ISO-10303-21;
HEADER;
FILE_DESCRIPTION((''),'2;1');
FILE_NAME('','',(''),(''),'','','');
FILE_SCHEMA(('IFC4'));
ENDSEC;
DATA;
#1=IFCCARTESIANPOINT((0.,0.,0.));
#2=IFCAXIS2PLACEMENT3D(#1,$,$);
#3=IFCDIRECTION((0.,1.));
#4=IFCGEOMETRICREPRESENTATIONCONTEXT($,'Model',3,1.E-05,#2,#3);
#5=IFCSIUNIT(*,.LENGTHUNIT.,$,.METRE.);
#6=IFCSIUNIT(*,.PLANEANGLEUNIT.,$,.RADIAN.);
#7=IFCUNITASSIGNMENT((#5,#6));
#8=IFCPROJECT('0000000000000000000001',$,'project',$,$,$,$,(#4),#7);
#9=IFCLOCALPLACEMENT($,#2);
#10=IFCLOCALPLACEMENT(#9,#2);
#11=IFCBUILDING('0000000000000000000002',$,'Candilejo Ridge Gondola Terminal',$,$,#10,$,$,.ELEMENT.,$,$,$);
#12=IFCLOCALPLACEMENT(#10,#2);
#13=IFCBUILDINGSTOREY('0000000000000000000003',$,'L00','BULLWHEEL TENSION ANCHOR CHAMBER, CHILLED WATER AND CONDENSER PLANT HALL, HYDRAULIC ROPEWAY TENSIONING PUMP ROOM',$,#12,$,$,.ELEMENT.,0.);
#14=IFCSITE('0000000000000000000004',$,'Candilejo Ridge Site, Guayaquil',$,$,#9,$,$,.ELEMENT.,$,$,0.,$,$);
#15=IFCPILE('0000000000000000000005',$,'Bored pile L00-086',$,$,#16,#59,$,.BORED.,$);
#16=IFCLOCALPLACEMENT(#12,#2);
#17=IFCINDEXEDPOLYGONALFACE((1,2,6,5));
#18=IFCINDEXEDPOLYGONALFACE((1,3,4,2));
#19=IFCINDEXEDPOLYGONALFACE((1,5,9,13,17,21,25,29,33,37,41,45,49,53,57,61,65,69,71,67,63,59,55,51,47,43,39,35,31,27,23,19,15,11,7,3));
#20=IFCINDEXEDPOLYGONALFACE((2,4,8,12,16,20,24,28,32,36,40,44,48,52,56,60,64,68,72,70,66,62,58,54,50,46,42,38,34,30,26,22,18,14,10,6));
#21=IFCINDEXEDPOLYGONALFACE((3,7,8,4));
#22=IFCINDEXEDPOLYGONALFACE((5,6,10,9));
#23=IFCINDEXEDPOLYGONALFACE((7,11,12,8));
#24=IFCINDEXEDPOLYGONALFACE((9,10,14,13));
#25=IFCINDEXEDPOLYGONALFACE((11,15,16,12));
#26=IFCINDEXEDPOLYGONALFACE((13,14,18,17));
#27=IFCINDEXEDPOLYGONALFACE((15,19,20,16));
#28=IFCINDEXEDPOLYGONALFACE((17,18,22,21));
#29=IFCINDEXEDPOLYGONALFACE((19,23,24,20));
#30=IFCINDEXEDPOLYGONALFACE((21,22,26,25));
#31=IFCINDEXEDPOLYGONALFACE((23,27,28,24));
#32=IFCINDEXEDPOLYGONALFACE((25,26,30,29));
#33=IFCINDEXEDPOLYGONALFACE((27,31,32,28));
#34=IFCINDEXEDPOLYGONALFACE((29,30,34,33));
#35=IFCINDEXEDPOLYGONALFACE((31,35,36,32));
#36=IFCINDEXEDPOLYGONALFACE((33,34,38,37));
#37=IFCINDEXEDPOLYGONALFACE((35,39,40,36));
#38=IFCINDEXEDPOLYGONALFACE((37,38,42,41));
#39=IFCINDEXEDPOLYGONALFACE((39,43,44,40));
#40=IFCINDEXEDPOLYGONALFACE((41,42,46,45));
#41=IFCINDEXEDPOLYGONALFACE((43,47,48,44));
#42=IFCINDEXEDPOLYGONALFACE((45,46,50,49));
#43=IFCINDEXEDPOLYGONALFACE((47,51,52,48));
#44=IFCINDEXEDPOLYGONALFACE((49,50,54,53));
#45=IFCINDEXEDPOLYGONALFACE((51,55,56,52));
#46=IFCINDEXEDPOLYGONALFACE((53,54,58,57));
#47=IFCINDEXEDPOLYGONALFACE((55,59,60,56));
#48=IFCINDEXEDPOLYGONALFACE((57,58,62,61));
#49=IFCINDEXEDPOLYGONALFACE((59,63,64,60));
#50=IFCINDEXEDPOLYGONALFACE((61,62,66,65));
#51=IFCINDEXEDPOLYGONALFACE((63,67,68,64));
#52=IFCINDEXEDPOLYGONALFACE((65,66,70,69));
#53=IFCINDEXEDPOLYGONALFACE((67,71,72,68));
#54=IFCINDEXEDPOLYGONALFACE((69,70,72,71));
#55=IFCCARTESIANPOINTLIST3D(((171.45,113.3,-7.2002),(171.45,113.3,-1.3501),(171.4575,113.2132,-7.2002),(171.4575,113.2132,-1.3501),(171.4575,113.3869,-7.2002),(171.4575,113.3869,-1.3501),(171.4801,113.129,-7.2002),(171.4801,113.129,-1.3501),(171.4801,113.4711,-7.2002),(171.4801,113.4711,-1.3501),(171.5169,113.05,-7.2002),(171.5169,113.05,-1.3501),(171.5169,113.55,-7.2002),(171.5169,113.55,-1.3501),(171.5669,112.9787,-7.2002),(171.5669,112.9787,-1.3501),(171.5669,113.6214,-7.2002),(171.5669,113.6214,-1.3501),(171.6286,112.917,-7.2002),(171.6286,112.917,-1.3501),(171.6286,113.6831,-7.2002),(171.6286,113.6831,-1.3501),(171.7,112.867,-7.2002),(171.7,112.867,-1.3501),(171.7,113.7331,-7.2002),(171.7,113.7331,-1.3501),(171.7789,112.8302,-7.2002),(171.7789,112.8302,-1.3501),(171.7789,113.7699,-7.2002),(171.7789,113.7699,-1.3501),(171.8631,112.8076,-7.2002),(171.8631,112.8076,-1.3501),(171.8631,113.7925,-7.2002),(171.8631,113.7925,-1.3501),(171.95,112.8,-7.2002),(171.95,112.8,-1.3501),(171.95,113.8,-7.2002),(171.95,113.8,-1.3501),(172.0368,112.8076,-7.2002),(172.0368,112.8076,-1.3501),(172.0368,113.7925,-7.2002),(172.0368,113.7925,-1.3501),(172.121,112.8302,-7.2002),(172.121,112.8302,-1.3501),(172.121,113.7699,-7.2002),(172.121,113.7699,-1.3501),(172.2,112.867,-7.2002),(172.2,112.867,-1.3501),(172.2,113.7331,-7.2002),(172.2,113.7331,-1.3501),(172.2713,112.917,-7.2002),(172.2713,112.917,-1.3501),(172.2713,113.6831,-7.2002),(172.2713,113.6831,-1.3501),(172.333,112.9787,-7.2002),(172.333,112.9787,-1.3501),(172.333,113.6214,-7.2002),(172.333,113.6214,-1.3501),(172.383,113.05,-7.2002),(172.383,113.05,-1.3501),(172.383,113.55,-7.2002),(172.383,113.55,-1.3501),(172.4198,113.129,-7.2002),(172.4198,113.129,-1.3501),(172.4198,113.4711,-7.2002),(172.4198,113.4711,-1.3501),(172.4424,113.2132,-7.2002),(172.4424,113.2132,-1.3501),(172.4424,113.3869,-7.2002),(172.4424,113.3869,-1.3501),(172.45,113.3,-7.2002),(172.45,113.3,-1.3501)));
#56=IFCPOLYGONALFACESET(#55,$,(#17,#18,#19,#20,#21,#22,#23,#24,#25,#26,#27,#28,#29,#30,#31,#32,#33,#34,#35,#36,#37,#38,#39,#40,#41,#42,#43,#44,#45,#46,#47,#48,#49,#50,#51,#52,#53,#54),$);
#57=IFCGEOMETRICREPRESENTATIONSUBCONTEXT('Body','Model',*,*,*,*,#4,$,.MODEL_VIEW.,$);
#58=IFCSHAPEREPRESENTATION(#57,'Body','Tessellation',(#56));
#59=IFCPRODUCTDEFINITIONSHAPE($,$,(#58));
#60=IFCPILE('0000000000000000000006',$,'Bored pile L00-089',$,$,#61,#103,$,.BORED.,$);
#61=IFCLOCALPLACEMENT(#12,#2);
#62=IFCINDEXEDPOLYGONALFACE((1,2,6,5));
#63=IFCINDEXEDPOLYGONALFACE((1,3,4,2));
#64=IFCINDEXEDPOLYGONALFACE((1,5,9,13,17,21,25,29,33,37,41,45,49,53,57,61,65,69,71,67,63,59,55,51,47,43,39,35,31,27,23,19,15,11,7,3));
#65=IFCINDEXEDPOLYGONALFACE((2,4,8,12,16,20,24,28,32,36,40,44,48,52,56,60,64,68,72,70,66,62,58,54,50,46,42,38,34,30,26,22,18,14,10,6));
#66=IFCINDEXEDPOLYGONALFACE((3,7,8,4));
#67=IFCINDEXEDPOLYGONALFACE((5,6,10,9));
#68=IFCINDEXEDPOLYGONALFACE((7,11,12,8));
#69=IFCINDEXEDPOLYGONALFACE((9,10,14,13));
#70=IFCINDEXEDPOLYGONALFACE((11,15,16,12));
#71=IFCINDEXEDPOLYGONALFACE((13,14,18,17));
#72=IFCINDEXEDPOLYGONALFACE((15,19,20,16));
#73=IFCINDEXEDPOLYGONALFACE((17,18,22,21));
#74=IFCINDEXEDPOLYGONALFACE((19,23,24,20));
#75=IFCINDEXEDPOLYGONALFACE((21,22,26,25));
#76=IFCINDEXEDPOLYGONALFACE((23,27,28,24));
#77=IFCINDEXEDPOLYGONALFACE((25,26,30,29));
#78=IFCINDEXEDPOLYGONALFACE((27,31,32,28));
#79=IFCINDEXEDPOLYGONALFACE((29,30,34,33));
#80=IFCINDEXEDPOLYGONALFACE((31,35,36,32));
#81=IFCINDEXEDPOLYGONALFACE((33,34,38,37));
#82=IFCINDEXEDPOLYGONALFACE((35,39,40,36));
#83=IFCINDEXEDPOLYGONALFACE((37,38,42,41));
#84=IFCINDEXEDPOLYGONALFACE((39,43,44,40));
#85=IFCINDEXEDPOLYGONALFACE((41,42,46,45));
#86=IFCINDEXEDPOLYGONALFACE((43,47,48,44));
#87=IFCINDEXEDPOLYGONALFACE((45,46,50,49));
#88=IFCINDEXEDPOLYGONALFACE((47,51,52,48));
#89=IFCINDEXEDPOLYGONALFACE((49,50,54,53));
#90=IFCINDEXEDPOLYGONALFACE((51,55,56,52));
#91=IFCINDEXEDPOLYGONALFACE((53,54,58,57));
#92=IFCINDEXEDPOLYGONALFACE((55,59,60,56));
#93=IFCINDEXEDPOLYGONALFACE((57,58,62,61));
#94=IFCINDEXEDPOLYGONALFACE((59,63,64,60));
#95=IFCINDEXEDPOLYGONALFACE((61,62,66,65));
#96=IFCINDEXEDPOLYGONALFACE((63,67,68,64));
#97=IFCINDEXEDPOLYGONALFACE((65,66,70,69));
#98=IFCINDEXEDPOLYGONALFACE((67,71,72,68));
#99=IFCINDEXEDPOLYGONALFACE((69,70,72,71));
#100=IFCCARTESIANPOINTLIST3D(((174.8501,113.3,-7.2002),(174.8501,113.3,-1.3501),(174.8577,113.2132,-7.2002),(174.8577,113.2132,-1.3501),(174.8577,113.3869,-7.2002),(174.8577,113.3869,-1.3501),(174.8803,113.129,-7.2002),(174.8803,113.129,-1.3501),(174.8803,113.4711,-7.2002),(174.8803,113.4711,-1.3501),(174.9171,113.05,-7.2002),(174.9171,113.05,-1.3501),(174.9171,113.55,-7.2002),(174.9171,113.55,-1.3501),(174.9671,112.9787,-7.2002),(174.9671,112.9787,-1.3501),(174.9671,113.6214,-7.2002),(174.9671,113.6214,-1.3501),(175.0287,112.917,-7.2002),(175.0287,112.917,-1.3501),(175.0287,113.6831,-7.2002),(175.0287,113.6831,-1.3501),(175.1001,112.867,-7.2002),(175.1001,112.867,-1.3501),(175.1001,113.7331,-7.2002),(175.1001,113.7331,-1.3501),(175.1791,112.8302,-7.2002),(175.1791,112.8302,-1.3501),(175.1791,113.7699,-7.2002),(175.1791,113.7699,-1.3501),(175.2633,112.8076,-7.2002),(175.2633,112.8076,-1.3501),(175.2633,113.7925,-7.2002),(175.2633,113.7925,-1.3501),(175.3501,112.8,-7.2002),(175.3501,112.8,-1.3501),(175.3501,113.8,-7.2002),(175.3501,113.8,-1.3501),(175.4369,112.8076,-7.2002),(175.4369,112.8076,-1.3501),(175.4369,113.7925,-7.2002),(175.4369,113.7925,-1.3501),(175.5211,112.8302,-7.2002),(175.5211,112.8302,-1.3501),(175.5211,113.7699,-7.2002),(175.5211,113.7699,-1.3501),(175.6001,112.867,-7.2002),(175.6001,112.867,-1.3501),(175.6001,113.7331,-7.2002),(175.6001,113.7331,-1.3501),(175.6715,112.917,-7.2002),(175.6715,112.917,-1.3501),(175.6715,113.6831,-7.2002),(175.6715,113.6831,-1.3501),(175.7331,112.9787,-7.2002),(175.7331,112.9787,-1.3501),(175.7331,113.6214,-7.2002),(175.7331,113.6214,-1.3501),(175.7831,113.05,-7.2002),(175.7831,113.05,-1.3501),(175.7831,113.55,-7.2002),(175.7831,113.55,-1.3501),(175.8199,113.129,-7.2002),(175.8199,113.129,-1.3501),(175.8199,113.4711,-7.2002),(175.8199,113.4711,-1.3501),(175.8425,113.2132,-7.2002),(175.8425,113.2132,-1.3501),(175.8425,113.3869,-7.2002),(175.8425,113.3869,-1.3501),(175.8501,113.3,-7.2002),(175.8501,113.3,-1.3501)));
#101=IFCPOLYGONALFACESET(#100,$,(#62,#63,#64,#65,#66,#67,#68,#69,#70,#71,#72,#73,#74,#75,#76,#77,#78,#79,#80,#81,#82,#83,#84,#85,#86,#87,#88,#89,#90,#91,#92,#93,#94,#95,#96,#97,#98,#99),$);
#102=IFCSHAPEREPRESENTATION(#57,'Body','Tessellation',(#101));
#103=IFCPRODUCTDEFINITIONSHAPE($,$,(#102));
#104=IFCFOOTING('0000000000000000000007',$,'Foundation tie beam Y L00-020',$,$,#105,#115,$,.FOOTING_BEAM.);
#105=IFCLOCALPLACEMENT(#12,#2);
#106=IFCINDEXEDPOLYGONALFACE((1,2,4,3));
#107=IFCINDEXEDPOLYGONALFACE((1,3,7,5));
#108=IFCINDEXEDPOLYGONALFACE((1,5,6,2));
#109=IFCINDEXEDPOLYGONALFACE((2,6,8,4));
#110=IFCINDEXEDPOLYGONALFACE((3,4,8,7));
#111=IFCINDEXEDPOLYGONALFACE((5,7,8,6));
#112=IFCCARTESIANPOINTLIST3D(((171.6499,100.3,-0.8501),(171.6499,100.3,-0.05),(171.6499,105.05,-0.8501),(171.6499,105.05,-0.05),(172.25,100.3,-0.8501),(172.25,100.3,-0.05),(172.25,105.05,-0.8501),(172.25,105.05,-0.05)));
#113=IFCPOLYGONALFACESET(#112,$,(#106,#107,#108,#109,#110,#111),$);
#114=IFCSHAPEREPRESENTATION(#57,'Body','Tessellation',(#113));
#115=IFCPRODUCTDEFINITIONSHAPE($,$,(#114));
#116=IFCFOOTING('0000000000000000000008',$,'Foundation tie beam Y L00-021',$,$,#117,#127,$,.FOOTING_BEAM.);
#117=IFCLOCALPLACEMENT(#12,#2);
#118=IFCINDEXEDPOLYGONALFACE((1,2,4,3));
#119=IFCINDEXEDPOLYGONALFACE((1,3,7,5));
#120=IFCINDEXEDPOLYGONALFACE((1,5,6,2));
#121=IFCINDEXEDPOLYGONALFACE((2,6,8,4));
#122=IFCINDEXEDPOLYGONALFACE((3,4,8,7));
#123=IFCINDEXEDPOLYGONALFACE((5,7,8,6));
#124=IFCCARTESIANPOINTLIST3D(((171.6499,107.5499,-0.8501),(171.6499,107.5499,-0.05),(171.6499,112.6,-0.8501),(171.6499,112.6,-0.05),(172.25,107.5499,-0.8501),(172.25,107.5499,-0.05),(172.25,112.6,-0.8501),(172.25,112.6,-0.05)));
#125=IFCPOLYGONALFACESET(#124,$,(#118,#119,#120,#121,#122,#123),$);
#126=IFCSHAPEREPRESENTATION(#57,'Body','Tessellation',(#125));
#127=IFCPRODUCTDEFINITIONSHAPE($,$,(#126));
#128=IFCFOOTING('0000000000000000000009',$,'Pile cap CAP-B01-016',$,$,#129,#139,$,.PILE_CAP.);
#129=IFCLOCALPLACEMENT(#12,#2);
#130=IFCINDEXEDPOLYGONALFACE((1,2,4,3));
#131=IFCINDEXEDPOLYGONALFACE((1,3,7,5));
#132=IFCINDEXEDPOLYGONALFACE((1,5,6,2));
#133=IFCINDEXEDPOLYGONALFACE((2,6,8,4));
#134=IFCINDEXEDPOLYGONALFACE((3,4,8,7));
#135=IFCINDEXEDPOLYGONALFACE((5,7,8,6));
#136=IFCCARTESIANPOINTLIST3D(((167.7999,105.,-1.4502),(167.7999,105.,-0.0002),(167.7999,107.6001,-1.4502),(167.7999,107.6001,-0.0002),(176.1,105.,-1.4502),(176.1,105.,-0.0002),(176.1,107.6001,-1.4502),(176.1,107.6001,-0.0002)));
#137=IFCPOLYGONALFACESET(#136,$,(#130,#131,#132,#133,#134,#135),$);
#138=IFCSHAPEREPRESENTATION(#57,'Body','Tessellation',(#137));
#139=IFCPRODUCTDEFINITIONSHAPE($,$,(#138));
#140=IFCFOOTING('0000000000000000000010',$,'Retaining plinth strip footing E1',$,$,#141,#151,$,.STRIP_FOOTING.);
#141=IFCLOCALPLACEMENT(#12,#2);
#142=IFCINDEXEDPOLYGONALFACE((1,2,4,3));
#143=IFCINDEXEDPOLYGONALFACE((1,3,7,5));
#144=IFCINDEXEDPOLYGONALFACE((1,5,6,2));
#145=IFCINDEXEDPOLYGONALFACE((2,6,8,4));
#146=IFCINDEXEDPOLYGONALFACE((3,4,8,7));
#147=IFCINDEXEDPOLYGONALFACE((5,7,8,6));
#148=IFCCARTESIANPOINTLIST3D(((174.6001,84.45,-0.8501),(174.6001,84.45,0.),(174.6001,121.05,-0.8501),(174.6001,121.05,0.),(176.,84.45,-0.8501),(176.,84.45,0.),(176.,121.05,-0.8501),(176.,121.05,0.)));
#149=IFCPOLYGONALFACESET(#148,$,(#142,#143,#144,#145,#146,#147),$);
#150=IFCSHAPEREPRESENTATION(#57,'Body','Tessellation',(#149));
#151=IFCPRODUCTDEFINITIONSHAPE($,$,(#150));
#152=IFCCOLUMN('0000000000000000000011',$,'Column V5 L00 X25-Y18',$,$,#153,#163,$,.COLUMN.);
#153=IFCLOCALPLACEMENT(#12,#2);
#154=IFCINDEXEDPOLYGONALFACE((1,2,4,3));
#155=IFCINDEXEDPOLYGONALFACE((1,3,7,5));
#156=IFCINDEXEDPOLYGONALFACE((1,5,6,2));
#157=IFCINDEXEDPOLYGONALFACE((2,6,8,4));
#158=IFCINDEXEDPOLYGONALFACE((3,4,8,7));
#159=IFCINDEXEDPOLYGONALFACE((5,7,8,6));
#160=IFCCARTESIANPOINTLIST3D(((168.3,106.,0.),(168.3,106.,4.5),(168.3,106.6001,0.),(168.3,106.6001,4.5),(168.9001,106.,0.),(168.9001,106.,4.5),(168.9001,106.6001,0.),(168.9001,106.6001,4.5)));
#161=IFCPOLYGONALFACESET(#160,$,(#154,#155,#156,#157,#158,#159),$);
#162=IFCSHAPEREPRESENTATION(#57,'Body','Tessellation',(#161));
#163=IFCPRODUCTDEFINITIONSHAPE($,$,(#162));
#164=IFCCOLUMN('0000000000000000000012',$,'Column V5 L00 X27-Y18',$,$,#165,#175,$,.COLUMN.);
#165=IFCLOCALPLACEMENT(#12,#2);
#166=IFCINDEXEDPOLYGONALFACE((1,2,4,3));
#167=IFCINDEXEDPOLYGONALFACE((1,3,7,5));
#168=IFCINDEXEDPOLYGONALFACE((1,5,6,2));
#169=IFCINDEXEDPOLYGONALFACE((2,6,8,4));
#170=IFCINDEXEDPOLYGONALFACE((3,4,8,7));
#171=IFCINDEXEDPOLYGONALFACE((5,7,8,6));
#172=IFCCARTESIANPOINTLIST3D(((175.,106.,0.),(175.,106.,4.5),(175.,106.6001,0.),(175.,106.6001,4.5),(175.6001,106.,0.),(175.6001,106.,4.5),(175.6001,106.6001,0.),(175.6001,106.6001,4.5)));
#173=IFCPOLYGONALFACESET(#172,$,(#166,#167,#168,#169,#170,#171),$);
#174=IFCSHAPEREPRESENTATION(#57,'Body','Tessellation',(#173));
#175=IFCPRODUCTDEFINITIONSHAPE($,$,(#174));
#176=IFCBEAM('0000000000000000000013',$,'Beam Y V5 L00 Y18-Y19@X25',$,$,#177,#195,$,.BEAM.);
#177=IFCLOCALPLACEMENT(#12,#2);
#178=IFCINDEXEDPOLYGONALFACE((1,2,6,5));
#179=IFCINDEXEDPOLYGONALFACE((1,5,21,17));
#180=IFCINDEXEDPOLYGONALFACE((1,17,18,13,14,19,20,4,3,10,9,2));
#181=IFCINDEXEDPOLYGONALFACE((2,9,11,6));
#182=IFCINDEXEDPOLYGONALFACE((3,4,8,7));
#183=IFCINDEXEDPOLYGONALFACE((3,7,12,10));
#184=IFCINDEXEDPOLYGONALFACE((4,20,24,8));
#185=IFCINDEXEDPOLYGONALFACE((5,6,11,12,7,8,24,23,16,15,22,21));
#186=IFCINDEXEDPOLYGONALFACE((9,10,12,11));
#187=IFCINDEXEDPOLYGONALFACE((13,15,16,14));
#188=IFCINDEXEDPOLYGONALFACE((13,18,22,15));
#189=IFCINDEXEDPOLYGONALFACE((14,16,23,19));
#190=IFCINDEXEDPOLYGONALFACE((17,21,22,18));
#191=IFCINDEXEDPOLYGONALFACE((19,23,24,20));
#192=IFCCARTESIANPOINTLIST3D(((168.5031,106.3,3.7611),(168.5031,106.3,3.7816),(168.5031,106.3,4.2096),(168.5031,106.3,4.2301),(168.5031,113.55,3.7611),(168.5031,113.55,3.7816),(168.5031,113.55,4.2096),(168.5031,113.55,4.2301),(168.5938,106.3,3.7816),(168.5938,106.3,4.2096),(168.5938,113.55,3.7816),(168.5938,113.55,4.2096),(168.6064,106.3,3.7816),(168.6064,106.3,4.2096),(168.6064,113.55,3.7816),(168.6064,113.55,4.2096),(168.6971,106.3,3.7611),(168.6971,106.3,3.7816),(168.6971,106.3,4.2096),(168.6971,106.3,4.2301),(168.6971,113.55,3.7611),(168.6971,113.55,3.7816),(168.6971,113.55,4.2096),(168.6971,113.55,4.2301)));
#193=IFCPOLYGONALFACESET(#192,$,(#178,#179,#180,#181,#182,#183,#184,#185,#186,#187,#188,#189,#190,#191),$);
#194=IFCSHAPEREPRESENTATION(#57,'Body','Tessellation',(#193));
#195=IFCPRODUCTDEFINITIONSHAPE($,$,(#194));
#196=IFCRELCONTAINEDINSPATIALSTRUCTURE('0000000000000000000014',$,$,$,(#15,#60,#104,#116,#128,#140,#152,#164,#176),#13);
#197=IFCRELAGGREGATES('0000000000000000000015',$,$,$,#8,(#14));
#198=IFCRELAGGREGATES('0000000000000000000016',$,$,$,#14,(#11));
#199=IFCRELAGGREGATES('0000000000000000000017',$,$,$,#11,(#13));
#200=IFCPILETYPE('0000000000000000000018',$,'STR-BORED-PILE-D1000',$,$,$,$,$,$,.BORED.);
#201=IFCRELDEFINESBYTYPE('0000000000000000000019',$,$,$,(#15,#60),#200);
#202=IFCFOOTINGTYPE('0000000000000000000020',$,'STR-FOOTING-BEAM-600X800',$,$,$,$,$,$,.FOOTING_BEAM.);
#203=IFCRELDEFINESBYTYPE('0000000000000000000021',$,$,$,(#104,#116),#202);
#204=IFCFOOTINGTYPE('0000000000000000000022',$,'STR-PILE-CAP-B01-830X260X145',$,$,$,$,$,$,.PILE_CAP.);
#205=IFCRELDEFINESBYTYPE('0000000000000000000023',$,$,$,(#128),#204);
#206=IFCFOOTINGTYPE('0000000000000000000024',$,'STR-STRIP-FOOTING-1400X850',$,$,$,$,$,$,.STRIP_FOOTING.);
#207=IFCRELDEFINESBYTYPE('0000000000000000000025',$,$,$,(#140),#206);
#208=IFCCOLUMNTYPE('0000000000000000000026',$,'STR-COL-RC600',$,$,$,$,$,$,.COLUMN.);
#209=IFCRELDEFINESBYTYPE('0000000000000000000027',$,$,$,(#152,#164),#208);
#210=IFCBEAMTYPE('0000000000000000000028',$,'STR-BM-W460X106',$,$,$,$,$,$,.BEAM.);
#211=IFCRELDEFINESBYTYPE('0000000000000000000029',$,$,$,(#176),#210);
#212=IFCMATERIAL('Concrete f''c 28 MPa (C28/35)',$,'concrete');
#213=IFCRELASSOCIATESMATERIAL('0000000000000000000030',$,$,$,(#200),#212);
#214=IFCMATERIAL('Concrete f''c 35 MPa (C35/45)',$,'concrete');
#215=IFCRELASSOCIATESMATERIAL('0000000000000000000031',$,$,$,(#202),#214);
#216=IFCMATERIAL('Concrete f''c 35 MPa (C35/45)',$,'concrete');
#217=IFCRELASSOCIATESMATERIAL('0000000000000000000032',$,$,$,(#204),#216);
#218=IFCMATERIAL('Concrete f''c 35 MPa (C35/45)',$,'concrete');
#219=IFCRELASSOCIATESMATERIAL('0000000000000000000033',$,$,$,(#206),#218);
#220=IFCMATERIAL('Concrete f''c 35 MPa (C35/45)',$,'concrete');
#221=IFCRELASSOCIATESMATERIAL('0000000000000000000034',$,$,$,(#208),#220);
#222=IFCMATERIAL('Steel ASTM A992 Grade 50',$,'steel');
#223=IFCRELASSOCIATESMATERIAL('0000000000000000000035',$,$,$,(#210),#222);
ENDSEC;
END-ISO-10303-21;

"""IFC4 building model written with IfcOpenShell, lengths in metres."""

from ifc_helpers import new_model, si_unit, direction, frame, origin, origin_2d, place, context, subcontext, project, spatial, rectangle, circle, i_section, extrude, material, material_profile, profile_set, type_object, element, save


model = new_model("IFC4")

# Units and contexts
model_context = context("Model", 3, precision=1e-05, world=origin(), true_north=direction((0.0, 1.0)))
body_context = subcontext(model_context, "Body", "Model", "MODEL_VIEW")
ifc_project = project(units=[si_unit("LENGTHUNIT", "METRE"), si_unit("PLANEANGLEUNIT", "RADIAN")], contexts=[model_context])

# Site, building, storey
site_placement = place(None, origin())
site = spatial("IfcSite", under=ifc_project, at=site_placement, Name="Candilejo Ridge Site, Guayaquil", CompositionType="ELEMENT", RefElevation=0.0)
building_placement = place(site_placement, origin())
building = spatial("IfcBuilding", under=site, at=building_placement, Name="Candilejo Ridge Gondola Terminal", CompositionType="ELEMENT")
storey_placement = place(building_placement, origin())
storey = spatial("IfcBuildingStorey", under=building, at=storey_placement, Name="L00", Description="BULLWHEEL TENSION ANCHOR CHAMBER, CHILLED WATER AND CONDENSER PLANT HALL, HYDRAULIC ROPEWAY TENSIONING PUMP ROOM", CompositionType="ELEMENT", Elevation=0.0)

# Piles
ifc_material_1 = material(Name="Concrete f'c 28 MPa (C28/35)", Category="concrete")
ifc_material_profile_1 = material_profile(ifc_material_1, circle(Radius=0.5, at=origin_2d()))
ifc_profile_set_1 = profile_set([ifc_material_profile_1], Name="Concrete f'c 28 MPa (C28/35)")
pile_type = type_object("IfcPileType", Name="STR-BORED-PILE-D1000", PredefinedType="BORED", material=ifc_profile_set_1)
for number, where, z_axis, x_axis, name in (
    (1, (171.95, 113.3, -1.3501), (0.0, 0.0, -1.0), (1.0, 0.0, 0.0), "Bored pile L00-086"),
    (2, (175.3501, 113.3, -1.3501), (0.0, 0.0, -1.0), (1.0, 0.0, 0.0), "Bored pile L00-089"),
):
    element("IfcPile", number, at=place(storey_placement, frame(where, z_axis=z_axis, x_axis=x_axis)), inside=storey, type_object=pile_type, Name=name, PredefinedType="BORED", context=body_context, shape_type="SweptSolid", body=[
        extrude(circle(Radius=0.5, at=origin_2d()), origin(), (0.0, 0.0, 1.0), 5.8501),
    ])

# Footings
ifc_material_2 = material(Name="Concrete f'c 35 MPa (C35/45)", Category="concrete")
footing_type_1 = type_object("IfcFootingType", Name="STR-FOOTING-BEAM-600X800", PredefinedType="FOOTING_BEAM", material=ifc_material_2)
footing_1_placement = place(storey_placement, frame((171.95, 102.675, -0.8501), z_axis=(0.0, 0.0, 1.0), x_axis=(1.0, 0.0, 0.0)))
element("IfcFooting", 3, at=footing_1_placement, inside=storey, type_object=footing_type_1, Name="Foundation tie beam Y L00-020", PredefinedType="FOOTING_BEAM", context=body_context, shape_type="SweptSolid", body=[
    extrude(rectangle(XDim=0.6001, YDim=4.75, at=origin_2d()), origin(), (0.0, 0.0, 1.0), 0.8),
])
footing_2_placement = place(storey_placement, frame((171.95, 110.075, -0.8501), z_axis=(0.0, 0.0, 1.0), x_axis=(1.0, 0.0, 0.0)))
element("IfcFooting", 4, at=footing_2_placement, inside=storey, type_object=footing_type_1, Name="Foundation tie beam Y L00-021", PredefinedType="FOOTING_BEAM", context=body_context, shape_type="SweptSolid", body=[
    extrude(rectangle(XDim=0.6001, YDim=5.05, at=origin_2d()), origin(), (0.0, 0.0, 1.0), 0.8),
])
ifc_material_3 = material(Name="Concrete f'c 35 MPa (C35/45)", Category="concrete")
footing_type_2 = type_object("IfcFootingType", Name="STR-PILE-CAP-B01-830X260X145", PredefinedType="PILE_CAP", material=ifc_material_3)
footing_3_placement = place(storey_placement, frame((171.95, 106.3, -1.4502), z_axis=(0.0, 0.0, 1.0), x_axis=(1.0, 0.0, 0.0)))
element("IfcFooting", 5, at=footing_3_placement, inside=storey, type_object=footing_type_2, Name="Pile cap CAP-B01-016", PredefinedType="PILE_CAP", context=body_context, shape_type="SweptSolid", body=[
    extrude(rectangle(XDim=8.3, YDim=2.6001, at=origin_2d()), origin(), (0.0, 0.0, 1.0), 1.45),
])
ifc_material_4 = material(Name="Concrete f'c 35 MPa (C35/45)", Category="concrete")
footing_type_3 = type_object("IfcFootingType", Name="STR-STRIP-FOOTING-1400X850", PredefinedType="STRIP_FOOTING", material=ifc_material_4)
footing_4_placement = place(storey_placement, frame((175.3, 102.75, -0.8501), z_axis=(0.0, 0.0, 1.0), x_axis=(1.0, 0.0, 0.0)))
element("IfcFooting", 6, at=footing_4_placement, inside=storey, type_object=footing_type_3, Name="Retaining plinth strip footing E1", PredefinedType="STRIP_FOOTING", context=body_context, shape_type="SweptSolid", body=[
    extrude(rectangle(XDim=1.3999, YDim=36.6001, at=origin_2d()), origin(), (0.0, 0.0, 1.0), 0.8501),
])

# Columns
ifc_material_5 = material(Name="Concrete f'c 35 MPa (C35/45)", Category="concrete")
ifc_material_profile_2 = material_profile(ifc_material_5, rectangle(XDim=0.6001, YDim=0.6001, at=origin_2d()))
ifc_profile_set_2 = profile_set([ifc_material_profile_2], Name="Concrete f'c 35 MPa (C35/45)")
column_type = type_object("IfcColumnType", Name="STR-COL-RC600", PredefinedType="COLUMN", material=ifc_profile_set_2)
for number, where, z_axis, x_axis, name in (
    (7, (168.6001, 106.3, 0.0), (0.0, 0.0, 1.0), (1.0, 0.0, 0.0), "Column V5 L00 X25-Y18"),
    (8, (175.3, 106.3, 0.0), (0.0, 0.0, 1.0), (1.0, 0.0, 0.0), "Column V5 L00 X27-Y18"),
):
    element("IfcColumn", number, at=place(storey_placement, frame(where, z_axis=z_axis, x_axis=x_axis)), inside=storey, type_object=column_type, Name=name, PredefinedType="COLUMN", context=body_context, shape_type="SweptSolid", body=[
        extrude(rectangle(XDim=0.6001, YDim=0.6001, at=origin_2d()), origin(), (0.0, 0.0, 1.0), 4.5),
    ])

# Beam
ifc_material_6 = material(Name="Steel ASTM A992 Grade 50", Category="steel")
ifc_material_profile_3 = material_profile(ifc_material_6, i_section(OverallWidth=0.1941, OverallDepth=0.469, WebThickness=0.0127, FlangeThickness=0.0205, at=origin_2d()))
ifc_profile_set_3 = profile_set([ifc_material_profile_3], Name="Steel ASTM A992 Grade 50")
beam_type_1 = type_object("IfcBeamType", Name="STR-BM-W460X106", PredefinedType="BEAM", material=ifc_profile_set_3)
beam_1_placement = place(storey_placement, frame((168.6001, 106.3, 3.9956), z_axis=(0.0, 1.0, 0.0), x_axis=(-1.0, 0.0, 0.0)))
element("IfcBeam", 9, at=beam_1_placement, inside=storey, type_object=beam_type_1, Name="Beam Y V5 L00 Y18-Y19@X25", PredefinedType="BEAM", context=body_context, shape_type="SweptSolid", body=[
    extrude(i_section(OverallWidth=0.1941, OverallDepth=0.469, WebThickness=0.0127, FlangeThickness=0.0205, at=origin_2d()), origin(), (0.0, 0.0, 1.0), 7.25),
])

save(model, "model.ifc")
